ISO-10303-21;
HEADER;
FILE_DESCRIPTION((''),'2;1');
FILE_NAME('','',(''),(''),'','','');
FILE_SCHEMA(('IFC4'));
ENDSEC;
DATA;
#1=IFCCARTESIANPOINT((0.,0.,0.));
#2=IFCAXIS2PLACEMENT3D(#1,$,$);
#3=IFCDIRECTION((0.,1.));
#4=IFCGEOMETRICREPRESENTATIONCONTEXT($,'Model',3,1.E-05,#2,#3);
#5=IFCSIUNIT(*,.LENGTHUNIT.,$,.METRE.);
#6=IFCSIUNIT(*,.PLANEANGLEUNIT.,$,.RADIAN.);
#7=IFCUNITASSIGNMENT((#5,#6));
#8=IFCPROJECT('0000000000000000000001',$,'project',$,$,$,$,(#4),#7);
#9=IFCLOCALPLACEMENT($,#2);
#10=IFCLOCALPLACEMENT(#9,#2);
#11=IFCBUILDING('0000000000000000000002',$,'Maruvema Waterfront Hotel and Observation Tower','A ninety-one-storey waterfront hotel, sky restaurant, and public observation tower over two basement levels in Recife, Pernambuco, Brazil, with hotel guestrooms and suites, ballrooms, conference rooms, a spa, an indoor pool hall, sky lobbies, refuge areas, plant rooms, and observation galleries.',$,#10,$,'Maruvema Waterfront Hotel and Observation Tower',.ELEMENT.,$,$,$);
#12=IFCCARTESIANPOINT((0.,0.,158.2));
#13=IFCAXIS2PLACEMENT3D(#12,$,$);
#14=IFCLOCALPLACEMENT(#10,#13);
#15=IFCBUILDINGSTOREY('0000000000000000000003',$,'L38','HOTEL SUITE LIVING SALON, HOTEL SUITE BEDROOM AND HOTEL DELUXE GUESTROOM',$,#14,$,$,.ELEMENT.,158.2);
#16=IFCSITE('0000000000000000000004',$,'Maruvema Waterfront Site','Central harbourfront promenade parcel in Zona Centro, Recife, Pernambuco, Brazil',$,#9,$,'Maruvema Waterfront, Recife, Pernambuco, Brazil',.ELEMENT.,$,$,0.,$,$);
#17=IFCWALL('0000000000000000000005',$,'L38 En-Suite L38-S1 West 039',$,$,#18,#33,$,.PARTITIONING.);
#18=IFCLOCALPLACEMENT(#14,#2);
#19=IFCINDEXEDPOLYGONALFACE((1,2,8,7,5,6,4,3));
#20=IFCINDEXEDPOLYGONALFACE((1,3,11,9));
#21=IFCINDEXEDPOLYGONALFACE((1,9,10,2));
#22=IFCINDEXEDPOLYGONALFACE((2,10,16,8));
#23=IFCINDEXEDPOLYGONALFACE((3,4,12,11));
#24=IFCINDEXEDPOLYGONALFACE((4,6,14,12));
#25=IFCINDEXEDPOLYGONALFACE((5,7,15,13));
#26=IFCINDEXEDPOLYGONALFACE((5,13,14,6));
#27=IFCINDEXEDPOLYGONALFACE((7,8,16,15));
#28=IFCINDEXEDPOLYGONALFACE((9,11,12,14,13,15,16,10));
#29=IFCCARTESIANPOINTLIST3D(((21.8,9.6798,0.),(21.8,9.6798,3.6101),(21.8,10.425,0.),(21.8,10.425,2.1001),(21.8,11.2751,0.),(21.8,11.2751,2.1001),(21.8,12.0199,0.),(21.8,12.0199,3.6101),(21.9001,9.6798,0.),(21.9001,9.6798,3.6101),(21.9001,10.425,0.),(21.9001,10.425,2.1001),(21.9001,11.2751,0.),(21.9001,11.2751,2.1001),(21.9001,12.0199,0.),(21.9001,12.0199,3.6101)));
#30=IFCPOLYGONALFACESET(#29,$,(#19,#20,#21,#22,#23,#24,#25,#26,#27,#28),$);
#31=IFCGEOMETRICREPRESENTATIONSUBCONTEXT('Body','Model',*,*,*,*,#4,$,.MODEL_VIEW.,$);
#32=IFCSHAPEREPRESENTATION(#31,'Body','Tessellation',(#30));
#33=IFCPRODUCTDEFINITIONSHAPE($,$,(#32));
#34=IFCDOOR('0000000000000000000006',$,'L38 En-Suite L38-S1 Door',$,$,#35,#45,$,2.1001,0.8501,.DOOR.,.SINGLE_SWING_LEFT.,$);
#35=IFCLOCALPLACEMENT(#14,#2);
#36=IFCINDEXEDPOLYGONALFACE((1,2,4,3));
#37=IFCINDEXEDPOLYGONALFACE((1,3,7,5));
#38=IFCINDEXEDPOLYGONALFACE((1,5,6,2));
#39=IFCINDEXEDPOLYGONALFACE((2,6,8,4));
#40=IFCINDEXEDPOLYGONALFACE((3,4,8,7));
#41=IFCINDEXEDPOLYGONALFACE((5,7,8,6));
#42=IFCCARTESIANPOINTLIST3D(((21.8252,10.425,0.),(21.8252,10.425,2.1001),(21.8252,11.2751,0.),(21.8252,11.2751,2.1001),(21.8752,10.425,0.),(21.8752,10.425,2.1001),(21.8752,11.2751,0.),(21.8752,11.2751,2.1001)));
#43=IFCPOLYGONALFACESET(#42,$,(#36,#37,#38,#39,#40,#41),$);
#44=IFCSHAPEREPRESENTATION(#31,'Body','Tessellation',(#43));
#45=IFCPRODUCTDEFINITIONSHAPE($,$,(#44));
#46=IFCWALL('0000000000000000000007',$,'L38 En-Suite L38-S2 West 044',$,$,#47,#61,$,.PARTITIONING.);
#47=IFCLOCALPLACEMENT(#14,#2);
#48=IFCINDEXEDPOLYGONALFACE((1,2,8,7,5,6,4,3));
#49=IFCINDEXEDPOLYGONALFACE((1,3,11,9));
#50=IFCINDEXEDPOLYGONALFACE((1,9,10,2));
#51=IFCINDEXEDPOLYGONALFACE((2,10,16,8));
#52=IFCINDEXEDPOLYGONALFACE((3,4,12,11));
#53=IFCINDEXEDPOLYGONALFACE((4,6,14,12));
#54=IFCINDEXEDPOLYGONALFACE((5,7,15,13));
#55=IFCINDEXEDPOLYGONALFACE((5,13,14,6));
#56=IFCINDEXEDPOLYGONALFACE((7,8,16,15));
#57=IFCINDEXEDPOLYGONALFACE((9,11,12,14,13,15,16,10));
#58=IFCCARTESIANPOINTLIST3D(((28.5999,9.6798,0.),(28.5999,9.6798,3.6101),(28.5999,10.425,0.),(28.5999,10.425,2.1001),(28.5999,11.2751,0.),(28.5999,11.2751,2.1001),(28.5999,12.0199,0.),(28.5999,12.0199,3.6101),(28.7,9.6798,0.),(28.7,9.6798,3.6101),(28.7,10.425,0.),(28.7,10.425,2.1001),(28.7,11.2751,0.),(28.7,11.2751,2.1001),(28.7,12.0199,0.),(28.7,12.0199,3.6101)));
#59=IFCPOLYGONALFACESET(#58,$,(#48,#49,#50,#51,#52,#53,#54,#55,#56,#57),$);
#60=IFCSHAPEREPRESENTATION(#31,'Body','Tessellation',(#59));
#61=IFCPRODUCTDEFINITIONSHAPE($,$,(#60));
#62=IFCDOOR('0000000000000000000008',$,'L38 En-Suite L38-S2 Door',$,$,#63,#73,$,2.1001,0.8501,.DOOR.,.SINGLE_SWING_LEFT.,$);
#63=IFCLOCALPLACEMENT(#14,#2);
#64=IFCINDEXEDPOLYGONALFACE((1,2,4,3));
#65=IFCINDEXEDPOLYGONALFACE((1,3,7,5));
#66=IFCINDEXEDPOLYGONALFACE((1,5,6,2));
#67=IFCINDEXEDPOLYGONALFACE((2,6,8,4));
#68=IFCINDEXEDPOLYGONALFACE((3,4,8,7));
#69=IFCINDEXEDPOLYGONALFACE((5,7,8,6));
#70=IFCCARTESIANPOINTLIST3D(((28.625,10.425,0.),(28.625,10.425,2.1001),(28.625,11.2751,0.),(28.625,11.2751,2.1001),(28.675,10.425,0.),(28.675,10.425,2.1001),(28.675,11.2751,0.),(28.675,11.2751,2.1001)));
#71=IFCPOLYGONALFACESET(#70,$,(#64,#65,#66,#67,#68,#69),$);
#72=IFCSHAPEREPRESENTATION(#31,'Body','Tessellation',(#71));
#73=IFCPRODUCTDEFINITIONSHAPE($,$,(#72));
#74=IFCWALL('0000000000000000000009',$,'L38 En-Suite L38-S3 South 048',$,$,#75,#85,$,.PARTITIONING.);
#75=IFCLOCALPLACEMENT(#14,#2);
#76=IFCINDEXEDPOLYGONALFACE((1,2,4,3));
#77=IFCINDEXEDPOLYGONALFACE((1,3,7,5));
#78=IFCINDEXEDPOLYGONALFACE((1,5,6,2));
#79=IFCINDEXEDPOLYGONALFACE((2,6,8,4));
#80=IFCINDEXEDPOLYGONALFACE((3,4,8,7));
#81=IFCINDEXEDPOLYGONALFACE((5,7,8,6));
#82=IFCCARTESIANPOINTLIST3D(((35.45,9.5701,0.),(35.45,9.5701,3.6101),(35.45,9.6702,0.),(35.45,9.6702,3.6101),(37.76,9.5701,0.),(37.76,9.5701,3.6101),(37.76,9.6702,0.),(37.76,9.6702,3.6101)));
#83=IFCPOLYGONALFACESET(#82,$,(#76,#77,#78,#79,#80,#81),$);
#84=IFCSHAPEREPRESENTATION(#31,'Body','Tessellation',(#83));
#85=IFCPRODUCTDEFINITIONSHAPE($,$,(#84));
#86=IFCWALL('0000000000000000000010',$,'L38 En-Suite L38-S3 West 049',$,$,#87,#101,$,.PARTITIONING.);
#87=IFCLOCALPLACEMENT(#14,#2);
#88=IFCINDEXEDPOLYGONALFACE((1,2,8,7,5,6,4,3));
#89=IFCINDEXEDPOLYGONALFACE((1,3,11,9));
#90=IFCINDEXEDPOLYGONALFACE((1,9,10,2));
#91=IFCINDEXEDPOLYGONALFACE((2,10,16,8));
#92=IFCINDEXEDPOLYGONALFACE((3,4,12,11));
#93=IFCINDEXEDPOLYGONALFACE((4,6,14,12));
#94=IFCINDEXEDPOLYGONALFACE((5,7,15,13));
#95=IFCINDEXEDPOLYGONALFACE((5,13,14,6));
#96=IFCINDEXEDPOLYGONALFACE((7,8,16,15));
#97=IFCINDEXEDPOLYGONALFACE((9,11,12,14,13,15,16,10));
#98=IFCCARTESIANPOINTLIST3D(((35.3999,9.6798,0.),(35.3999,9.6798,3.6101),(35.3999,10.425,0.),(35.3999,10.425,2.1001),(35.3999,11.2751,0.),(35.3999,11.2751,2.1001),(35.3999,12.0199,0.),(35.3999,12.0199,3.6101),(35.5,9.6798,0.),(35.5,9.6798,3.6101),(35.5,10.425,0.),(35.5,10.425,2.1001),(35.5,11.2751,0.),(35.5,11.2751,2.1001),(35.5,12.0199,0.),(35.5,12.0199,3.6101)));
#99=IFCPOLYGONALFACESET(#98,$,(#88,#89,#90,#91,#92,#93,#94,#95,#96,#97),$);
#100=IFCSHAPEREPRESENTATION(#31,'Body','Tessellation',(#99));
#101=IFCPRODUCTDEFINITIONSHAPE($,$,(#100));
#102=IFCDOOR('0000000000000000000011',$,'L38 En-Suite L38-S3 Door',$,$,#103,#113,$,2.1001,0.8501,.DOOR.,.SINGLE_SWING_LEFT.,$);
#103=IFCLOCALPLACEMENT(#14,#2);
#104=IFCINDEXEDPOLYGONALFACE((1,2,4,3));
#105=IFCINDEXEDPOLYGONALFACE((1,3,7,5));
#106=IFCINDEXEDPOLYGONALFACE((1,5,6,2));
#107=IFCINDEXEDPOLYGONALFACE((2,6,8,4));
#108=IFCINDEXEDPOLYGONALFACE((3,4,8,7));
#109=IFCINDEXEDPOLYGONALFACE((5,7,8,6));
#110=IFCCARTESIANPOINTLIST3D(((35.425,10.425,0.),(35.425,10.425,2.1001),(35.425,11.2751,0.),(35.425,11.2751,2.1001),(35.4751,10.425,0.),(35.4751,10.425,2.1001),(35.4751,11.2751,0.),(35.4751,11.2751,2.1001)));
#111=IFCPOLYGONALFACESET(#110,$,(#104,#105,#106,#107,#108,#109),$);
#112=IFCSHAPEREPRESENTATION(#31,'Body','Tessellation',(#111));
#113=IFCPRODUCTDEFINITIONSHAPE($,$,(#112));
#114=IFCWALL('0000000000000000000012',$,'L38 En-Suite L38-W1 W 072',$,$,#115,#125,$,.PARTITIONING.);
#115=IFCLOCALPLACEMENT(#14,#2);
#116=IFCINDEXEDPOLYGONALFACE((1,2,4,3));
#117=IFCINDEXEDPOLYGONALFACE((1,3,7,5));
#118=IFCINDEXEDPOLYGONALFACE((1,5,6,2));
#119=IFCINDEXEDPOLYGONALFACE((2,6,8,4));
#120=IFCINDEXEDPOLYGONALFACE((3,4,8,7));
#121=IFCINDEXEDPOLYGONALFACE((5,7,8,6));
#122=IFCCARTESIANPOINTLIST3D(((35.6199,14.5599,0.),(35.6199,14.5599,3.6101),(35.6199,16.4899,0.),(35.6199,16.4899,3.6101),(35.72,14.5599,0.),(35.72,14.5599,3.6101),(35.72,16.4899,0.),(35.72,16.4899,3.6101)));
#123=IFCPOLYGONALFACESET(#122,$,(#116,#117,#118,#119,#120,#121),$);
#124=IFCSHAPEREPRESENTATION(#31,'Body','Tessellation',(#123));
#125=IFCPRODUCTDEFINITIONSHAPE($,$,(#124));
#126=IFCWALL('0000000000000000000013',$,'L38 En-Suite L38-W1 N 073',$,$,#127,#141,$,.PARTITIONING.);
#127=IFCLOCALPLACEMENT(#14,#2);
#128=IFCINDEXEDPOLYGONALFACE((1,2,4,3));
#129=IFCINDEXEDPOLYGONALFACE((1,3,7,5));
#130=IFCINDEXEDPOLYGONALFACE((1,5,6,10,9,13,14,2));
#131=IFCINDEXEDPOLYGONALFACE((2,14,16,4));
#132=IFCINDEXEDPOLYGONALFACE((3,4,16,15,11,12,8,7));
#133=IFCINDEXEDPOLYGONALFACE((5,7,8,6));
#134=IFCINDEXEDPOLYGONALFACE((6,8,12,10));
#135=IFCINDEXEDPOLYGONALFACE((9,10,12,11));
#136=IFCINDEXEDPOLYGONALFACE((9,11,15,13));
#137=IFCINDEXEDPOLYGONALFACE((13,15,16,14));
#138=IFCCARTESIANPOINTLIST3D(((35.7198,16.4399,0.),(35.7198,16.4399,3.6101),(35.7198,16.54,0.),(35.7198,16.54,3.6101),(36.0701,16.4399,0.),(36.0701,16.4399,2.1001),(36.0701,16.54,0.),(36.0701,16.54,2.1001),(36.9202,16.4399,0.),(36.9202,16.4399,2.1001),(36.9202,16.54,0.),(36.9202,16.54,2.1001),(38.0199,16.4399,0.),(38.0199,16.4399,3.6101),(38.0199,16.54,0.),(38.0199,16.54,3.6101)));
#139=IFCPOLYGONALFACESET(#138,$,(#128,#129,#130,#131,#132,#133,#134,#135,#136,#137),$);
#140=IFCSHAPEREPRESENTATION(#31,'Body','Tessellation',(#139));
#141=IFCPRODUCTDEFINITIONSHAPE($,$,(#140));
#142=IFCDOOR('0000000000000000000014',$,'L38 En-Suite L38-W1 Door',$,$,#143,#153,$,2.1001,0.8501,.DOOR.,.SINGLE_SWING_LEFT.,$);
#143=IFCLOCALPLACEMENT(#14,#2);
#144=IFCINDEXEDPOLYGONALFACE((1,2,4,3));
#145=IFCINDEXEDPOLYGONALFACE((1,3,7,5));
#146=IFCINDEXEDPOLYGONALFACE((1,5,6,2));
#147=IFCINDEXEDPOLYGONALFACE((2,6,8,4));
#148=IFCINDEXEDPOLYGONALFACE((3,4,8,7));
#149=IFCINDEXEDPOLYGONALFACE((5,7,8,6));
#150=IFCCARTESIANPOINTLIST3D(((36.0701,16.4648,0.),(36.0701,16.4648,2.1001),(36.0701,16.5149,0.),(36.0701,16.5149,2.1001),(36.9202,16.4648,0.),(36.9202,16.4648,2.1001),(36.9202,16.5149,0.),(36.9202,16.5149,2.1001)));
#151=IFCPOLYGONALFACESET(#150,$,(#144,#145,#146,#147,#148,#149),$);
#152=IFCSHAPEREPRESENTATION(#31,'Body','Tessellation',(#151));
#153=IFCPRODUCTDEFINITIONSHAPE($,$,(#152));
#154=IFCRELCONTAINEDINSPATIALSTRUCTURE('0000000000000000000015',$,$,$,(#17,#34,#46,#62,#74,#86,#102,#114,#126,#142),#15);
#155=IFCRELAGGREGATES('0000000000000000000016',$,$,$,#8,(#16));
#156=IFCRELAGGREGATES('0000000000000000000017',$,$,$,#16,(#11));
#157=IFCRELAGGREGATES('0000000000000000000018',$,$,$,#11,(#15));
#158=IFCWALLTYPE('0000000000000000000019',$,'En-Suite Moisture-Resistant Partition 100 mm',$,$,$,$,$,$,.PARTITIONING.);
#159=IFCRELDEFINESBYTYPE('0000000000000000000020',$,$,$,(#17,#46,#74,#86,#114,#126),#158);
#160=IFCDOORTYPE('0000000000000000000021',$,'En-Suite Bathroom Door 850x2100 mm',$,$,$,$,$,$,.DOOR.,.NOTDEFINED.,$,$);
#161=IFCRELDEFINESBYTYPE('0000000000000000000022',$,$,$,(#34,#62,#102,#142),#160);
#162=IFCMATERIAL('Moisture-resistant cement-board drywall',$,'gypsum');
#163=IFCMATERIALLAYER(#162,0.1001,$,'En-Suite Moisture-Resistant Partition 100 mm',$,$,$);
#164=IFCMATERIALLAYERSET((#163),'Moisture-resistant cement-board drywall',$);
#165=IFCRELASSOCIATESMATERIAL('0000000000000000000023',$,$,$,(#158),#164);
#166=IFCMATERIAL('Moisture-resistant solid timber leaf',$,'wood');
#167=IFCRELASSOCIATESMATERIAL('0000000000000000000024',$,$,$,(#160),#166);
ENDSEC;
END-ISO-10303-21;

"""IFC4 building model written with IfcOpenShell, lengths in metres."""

from ifc_helpers import new_model, si_unit, direction, frame, frame_2d, origin, place, context, subcontext, project, spatial, rectangle, extrude, material, layer, layer_set, type_object, element, fill, save


model = new_model("IFC4")

# Units and contexts
model_context = context("Model", 3, precision=1e-05, world=origin(), true_north=direction((0.0, 1.0)))
body_context = subcontext(model_context, "Body", "Model", "MODEL_VIEW")
ifc_project = project(units=[si_unit("LENGTHUNIT", "METRE"), si_unit("PLANEANGLEUNIT", "RADIAN")], contexts=[model_context])

# Site, building, storey
site_placement = place(None, origin())
site = spatial("IfcSite", under=ifc_project, at=site_placement, Name="Maruvema Waterfront Site", Description="Central harbourfront promenade parcel in Zona Centro, Recife, Pernambuco, Brazil", LongName="Maruvema Waterfront, Recife, Pernambuco, Brazil", CompositionType="ELEMENT", RefElevation=0.0)
building_placement = place(site_placement, origin())
building = spatial("IfcBuilding", under=site, at=building_placement, Name="Maruvema Waterfront Hotel and Observation Tower", Description="A ninety-one-storey waterfront hotel, sky restaurant, and public observation tower over two basement levels in Recife, Pernambuco, Brazil, with hotel guestrooms and suites, ballrooms, conference rooms, a spa, an indoor pool hall, sky lobbies, refuge areas, plant rooms, and observation galleries.", LongName="Maruvema Waterfront Hotel and Observation Tower", CompositionType="ELEMENT")
storey_placement = place(building_placement, frame((0.0, 0.0, 158.2)))
storey = spatial("IfcBuildingStorey", under=building, at=storey_placement, Name="L38", Description="HOTEL SUITE LIVING SALON, HOTEL SUITE BEDROOM AND HOTEL DELUXE GUESTROOM", CompositionType="ELEMENT", Elevation=158.2)

# Walls, openings, doors
ifc_material_1 = material(Name="Moisture-resistant cement-board drywall", Category="gypsum")
ifc_layer_1 = layer(ifc_material_1, 0.1001, Name="En-Suite Moisture-Resistant Partition 100 mm")
ifc_layer_set_1 = layer_set([ifc_layer_1], Name="Moisture-resistant cement-board drywall")
wall_type_1 = type_object("IfcWallType", Name="En-Suite Moisture-Resistant Partition 100 mm", PredefinedType="PARTITIONING", material=ifc_layer_set_1)
wall_1_placement = place(storey_placement, frame((21.8501, 9.6799, 0.0), z_axis=(0.0, 0.0, 1.0), x_axis=(0.0, 1.0, 0.0)))
wall_1 = element("IfcWall", 1, at=wall_1_placement, inside=storey, type_object=wall_type_1, Name="L38 En-Suite L38-S1 West 039", PredefinedType="PARTITIONING", context=body_context, shape_type="SweptSolid", body=[
    extrude(rectangle(XDim=2.3401, YDim=0.1001, at=frame_2d((1.1699, 0.0))), origin(), (0.0, 0.0, 1.0), 3.6101),
])
opening_1_placement = place(wall_1_placement, frame((0.7451, 0.0, 0.0)))
opening_1 = element("IfcOpeningElement", 2, at=opening_1_placement, cuts=wall_1, PredefinedType="OPENING", context=body_context, shape_type="SweptSolid", body=[
    extrude(rectangle(XDim=0.8501, YDim=2.1001, at=frame_2d((0.425, 1.05))), frame((0.0, 0.0601, 0.0), z_axis=(0.0, -1.0, 0.0), x_axis=(1.0, 0.0, 0.0)), (0.0, 0.0, 1.0), 0.1201),
])
ifc_material_2 = material(Name="Moisture-resistant solid timber leaf", Category="wood")
door_type_1 = type_object("IfcDoorType", Name="En-Suite Bathroom Door 850x2100 mm", OperationType="NOTDEFINED", PredefinedType="DOOR", material=ifc_material_2)
door_1_placement = place(opening_1_placement, origin())
door_1 = element("IfcDoor", 3, at=door_1_placement, inside=storey, type_object=door_type_1, Name="L38 En-Suite L38-S1 Door", OperationType="SINGLE_SWING_LEFT", OverallHeight=2.1001, OverallWidth=0.8501, PredefinedType="DOOR", context=body_context, shape_type="SweptSolid", body=[
    extrude(rectangle(XDim=0.8501, YDim=2.1001, at=frame_2d((0.425, 1.05))), frame((0.0, 0.0249, 0.0), z_axis=(0.0, -1.0, 0.0), x_axis=(1.0, 0.0, 0.0)), (0.0, 0.0, 1.0), 0.05),
])
fill(opening_1, door_1)
wall_2_placement = place(storey_placement, frame((28.6499, 9.6799, 0.0), z_axis=(0.0, 0.0, 1.0), x_axis=(0.0, 1.0, 0.0)))
wall_2 = element("IfcWall", 4, at=wall_2_placement, inside=storey, type_object=wall_type_1, Name="L38 En-Suite L38-S2 West 044", PredefinedType="PARTITIONING", context=body_context, shape_type="SweptSolid", body=[
    extrude(rectangle(XDim=2.3401, YDim=0.1001, at=frame_2d((1.1699, 0.0))), origin(), (0.0, 0.0, 1.0), 3.6101),
])
opening_2_placement = place(wall_2_placement, frame((0.7451, 0.0, 0.0)))
opening_2 = element("IfcOpeningElement", 5, at=opening_2_placement, cuts=wall_2, PredefinedType="OPENING", context=body_context, shape_type="SweptSolid", body=[
    extrude(rectangle(XDim=0.8501, YDim=2.1001, at=frame_2d((0.425, 1.05))), frame((0.0, 0.0601, 0.0), z_axis=(0.0, -1.0, 0.0), x_axis=(1.0, 0.0, 0.0)), (0.0, 0.0, 1.0), 0.1201),
])
door_2_placement = place(opening_2_placement, origin())
door_2 = element("IfcDoor", 6, at=door_2_placement, inside=storey, type_object=door_type_1, Name="L38 En-Suite L38-S2 Door", OperationType="SINGLE_SWING_LEFT", OverallHeight=2.1001, OverallWidth=0.8501, PredefinedType="DOOR", context=body_context, shape_type="SweptSolid", body=[
    extrude(rectangle(XDim=0.8501, YDim=2.1001, at=frame_2d((0.425, 1.05))), frame((0.0, 0.0249, 0.0), z_axis=(0.0, -1.0, 0.0), x_axis=(1.0, 0.0, 0.0)), (0.0, 0.0, 1.0), 0.05),
])
fill(opening_2, door_2)

# Wall
wall_3_placement = place(storey_placement, frame((35.45, 9.6201, 0.0), z_axis=(0.0, 0.0, 1.0), x_axis=(1.0, 0.0, 0.0)))
element("IfcWall", 7, at=wall_3_placement, inside=storey, type_object=wall_type_1, Name="L38 En-Suite L38-S3 South 048", PredefinedType="PARTITIONING", context=body_context, shape_type="SweptSolid", body=[
    extrude(rectangle(XDim=2.3101, YDim=0.1001, at=frame_2d((1.155, 0.0))), origin(), (0.0, 0.0, 1.0), 3.6101),
])

# Wall, opening, door
wall_4_placement = place(storey_placement, frame((35.45, 9.6799, 0.0), z_axis=(0.0, 0.0, 1.0), x_axis=(0.0, 1.0, 0.0)))
wall_4 = element("IfcWall", 8, at=wall_4_placement, inside=storey, type_object=wall_type_1, Name="L38 En-Suite L38-S3 West 049", PredefinedType="PARTITIONING", context=body_context, shape_type="SweptSolid", body=[
    extrude(rectangle(XDim=2.3401, YDim=0.1001, at=frame_2d((1.1699, 0.0))), origin(), (0.0, 0.0, 1.0), 3.6101),
])
opening_3_placement = place(wall_4_placement, frame((0.7451, 0.0, 0.0)))
opening_3 = element("IfcOpeningElement", 9, at=opening_3_placement, cuts=wall_4, PredefinedType="OPENING", context=body_context, shape_type="SweptSolid", body=[
    extrude(rectangle(XDim=0.8501, YDim=2.1001, at=frame_2d((0.425, 1.05))), frame((0.0, 0.0601, 0.0), z_axis=(0.0, -1.0, 0.0), x_axis=(1.0, 0.0, 0.0)), (0.0, 0.0, 1.0), 0.1201),
])
door_3_placement = place(opening_3_placement, origin())
door_3 = element("IfcDoor", 10, at=door_3_placement, inside=storey, type_object=door_type_1, Name="L38 En-Suite L38-S3 Door", OperationType="SINGLE_SWING_LEFT", OverallHeight=2.1001, OverallWidth=0.8501, PredefinedType="DOOR", context=body_context, shape_type="SweptSolid", body=[
    extrude(rectangle(XDim=0.8501, YDim=2.1001, at=frame_2d((0.425, 1.05))), frame((0.0, 0.0249, 0.0), z_axis=(0.0, -1.0, 0.0), x_axis=(1.0, 0.0, 0.0)), (0.0, 0.0, 1.0), 0.05),
])
fill(opening_3, door_3)

# Wall
wall_5_placement = place(storey_placement, frame((35.6699, 14.5601, 0.0), z_axis=(0.0, 0.0, 1.0), x_axis=(0.0, 1.0, 0.0)))
element("IfcWall", 11, at=wall_5_placement, inside=storey, type_object=wall_type_1, Name="L38 En-Suite L38-W1 W 072", PredefinedType="PARTITIONING", context=body_context, shape_type="SweptSolid", body=[
    extrude(rectangle(XDim=1.9299, YDim=0.1001, at=frame_2d((0.9648, 0.0))), origin(), (0.0, 0.0, 1.0), 3.6101),
])

# Wall, opening, door
wall_6_placement = place(storey_placement, frame((35.72, 16.49, 0.0), z_axis=(0.0, 0.0, 1.0), x_axis=(1.0, 0.0, 0.0)))
wall_6 = element("IfcWall", 12, at=wall_6_placement, inside=storey, type_object=wall_type_1, Name="L38 En-Suite L38-W1 N 073", PredefinedType="PARTITIONING", context=body_context, shape_type="SweptSolid", body=[
    extrude(rectangle(XDim=2.3, YDim=0.1001, at=frame_2d((1.1499, 0.0))), origin(), (0.0, 0.0, 1.0), 3.6101),
])
opening_4_placement = place(wall_6_placement, frame((0.3501, 0.0, 0.0)))
opening_4 = element("IfcOpeningElement", 13, at=opening_4_placement, cuts=wall_6, PredefinedType="OPENING", context=body_context, shape_type="SweptSolid", body=[
    extrude(rectangle(XDim=0.8501, YDim=2.1001, at=frame_2d((0.425, 1.05))), frame((0.0, 0.0601, 0.0), z_axis=(0.0, -1.0, 0.0), x_axis=(1.0, 0.0, 0.0)), (0.0, 0.0, 1.0), 0.1201),
])
door_4_placement = place(opening_4_placement, origin())
door_4 = element("IfcDoor", 14, at=door_4_placement, inside=storey, type_object=door_type_1, Name="L38 En-Suite L38-W1 Door", OperationType="SINGLE_SWING_LEFT", OverallHeight=2.1001, OverallWidth=0.8501, PredefinedType="DOOR", context=body_context, shape_type="SweptSolid", body=[
    extrude(rectangle(XDim=0.8501, YDim=2.1001, at=frame_2d((0.425, 1.05))), frame((0.0, 0.0249, 0.0), z_axis=(0.0, -1.0, 0.0), x_axis=(1.0, 0.0, 0.0)), (0.0, 0.0, 1.0), 0.05),
])
fill(opening_4, door_4)

save(model, "model.ifc")
